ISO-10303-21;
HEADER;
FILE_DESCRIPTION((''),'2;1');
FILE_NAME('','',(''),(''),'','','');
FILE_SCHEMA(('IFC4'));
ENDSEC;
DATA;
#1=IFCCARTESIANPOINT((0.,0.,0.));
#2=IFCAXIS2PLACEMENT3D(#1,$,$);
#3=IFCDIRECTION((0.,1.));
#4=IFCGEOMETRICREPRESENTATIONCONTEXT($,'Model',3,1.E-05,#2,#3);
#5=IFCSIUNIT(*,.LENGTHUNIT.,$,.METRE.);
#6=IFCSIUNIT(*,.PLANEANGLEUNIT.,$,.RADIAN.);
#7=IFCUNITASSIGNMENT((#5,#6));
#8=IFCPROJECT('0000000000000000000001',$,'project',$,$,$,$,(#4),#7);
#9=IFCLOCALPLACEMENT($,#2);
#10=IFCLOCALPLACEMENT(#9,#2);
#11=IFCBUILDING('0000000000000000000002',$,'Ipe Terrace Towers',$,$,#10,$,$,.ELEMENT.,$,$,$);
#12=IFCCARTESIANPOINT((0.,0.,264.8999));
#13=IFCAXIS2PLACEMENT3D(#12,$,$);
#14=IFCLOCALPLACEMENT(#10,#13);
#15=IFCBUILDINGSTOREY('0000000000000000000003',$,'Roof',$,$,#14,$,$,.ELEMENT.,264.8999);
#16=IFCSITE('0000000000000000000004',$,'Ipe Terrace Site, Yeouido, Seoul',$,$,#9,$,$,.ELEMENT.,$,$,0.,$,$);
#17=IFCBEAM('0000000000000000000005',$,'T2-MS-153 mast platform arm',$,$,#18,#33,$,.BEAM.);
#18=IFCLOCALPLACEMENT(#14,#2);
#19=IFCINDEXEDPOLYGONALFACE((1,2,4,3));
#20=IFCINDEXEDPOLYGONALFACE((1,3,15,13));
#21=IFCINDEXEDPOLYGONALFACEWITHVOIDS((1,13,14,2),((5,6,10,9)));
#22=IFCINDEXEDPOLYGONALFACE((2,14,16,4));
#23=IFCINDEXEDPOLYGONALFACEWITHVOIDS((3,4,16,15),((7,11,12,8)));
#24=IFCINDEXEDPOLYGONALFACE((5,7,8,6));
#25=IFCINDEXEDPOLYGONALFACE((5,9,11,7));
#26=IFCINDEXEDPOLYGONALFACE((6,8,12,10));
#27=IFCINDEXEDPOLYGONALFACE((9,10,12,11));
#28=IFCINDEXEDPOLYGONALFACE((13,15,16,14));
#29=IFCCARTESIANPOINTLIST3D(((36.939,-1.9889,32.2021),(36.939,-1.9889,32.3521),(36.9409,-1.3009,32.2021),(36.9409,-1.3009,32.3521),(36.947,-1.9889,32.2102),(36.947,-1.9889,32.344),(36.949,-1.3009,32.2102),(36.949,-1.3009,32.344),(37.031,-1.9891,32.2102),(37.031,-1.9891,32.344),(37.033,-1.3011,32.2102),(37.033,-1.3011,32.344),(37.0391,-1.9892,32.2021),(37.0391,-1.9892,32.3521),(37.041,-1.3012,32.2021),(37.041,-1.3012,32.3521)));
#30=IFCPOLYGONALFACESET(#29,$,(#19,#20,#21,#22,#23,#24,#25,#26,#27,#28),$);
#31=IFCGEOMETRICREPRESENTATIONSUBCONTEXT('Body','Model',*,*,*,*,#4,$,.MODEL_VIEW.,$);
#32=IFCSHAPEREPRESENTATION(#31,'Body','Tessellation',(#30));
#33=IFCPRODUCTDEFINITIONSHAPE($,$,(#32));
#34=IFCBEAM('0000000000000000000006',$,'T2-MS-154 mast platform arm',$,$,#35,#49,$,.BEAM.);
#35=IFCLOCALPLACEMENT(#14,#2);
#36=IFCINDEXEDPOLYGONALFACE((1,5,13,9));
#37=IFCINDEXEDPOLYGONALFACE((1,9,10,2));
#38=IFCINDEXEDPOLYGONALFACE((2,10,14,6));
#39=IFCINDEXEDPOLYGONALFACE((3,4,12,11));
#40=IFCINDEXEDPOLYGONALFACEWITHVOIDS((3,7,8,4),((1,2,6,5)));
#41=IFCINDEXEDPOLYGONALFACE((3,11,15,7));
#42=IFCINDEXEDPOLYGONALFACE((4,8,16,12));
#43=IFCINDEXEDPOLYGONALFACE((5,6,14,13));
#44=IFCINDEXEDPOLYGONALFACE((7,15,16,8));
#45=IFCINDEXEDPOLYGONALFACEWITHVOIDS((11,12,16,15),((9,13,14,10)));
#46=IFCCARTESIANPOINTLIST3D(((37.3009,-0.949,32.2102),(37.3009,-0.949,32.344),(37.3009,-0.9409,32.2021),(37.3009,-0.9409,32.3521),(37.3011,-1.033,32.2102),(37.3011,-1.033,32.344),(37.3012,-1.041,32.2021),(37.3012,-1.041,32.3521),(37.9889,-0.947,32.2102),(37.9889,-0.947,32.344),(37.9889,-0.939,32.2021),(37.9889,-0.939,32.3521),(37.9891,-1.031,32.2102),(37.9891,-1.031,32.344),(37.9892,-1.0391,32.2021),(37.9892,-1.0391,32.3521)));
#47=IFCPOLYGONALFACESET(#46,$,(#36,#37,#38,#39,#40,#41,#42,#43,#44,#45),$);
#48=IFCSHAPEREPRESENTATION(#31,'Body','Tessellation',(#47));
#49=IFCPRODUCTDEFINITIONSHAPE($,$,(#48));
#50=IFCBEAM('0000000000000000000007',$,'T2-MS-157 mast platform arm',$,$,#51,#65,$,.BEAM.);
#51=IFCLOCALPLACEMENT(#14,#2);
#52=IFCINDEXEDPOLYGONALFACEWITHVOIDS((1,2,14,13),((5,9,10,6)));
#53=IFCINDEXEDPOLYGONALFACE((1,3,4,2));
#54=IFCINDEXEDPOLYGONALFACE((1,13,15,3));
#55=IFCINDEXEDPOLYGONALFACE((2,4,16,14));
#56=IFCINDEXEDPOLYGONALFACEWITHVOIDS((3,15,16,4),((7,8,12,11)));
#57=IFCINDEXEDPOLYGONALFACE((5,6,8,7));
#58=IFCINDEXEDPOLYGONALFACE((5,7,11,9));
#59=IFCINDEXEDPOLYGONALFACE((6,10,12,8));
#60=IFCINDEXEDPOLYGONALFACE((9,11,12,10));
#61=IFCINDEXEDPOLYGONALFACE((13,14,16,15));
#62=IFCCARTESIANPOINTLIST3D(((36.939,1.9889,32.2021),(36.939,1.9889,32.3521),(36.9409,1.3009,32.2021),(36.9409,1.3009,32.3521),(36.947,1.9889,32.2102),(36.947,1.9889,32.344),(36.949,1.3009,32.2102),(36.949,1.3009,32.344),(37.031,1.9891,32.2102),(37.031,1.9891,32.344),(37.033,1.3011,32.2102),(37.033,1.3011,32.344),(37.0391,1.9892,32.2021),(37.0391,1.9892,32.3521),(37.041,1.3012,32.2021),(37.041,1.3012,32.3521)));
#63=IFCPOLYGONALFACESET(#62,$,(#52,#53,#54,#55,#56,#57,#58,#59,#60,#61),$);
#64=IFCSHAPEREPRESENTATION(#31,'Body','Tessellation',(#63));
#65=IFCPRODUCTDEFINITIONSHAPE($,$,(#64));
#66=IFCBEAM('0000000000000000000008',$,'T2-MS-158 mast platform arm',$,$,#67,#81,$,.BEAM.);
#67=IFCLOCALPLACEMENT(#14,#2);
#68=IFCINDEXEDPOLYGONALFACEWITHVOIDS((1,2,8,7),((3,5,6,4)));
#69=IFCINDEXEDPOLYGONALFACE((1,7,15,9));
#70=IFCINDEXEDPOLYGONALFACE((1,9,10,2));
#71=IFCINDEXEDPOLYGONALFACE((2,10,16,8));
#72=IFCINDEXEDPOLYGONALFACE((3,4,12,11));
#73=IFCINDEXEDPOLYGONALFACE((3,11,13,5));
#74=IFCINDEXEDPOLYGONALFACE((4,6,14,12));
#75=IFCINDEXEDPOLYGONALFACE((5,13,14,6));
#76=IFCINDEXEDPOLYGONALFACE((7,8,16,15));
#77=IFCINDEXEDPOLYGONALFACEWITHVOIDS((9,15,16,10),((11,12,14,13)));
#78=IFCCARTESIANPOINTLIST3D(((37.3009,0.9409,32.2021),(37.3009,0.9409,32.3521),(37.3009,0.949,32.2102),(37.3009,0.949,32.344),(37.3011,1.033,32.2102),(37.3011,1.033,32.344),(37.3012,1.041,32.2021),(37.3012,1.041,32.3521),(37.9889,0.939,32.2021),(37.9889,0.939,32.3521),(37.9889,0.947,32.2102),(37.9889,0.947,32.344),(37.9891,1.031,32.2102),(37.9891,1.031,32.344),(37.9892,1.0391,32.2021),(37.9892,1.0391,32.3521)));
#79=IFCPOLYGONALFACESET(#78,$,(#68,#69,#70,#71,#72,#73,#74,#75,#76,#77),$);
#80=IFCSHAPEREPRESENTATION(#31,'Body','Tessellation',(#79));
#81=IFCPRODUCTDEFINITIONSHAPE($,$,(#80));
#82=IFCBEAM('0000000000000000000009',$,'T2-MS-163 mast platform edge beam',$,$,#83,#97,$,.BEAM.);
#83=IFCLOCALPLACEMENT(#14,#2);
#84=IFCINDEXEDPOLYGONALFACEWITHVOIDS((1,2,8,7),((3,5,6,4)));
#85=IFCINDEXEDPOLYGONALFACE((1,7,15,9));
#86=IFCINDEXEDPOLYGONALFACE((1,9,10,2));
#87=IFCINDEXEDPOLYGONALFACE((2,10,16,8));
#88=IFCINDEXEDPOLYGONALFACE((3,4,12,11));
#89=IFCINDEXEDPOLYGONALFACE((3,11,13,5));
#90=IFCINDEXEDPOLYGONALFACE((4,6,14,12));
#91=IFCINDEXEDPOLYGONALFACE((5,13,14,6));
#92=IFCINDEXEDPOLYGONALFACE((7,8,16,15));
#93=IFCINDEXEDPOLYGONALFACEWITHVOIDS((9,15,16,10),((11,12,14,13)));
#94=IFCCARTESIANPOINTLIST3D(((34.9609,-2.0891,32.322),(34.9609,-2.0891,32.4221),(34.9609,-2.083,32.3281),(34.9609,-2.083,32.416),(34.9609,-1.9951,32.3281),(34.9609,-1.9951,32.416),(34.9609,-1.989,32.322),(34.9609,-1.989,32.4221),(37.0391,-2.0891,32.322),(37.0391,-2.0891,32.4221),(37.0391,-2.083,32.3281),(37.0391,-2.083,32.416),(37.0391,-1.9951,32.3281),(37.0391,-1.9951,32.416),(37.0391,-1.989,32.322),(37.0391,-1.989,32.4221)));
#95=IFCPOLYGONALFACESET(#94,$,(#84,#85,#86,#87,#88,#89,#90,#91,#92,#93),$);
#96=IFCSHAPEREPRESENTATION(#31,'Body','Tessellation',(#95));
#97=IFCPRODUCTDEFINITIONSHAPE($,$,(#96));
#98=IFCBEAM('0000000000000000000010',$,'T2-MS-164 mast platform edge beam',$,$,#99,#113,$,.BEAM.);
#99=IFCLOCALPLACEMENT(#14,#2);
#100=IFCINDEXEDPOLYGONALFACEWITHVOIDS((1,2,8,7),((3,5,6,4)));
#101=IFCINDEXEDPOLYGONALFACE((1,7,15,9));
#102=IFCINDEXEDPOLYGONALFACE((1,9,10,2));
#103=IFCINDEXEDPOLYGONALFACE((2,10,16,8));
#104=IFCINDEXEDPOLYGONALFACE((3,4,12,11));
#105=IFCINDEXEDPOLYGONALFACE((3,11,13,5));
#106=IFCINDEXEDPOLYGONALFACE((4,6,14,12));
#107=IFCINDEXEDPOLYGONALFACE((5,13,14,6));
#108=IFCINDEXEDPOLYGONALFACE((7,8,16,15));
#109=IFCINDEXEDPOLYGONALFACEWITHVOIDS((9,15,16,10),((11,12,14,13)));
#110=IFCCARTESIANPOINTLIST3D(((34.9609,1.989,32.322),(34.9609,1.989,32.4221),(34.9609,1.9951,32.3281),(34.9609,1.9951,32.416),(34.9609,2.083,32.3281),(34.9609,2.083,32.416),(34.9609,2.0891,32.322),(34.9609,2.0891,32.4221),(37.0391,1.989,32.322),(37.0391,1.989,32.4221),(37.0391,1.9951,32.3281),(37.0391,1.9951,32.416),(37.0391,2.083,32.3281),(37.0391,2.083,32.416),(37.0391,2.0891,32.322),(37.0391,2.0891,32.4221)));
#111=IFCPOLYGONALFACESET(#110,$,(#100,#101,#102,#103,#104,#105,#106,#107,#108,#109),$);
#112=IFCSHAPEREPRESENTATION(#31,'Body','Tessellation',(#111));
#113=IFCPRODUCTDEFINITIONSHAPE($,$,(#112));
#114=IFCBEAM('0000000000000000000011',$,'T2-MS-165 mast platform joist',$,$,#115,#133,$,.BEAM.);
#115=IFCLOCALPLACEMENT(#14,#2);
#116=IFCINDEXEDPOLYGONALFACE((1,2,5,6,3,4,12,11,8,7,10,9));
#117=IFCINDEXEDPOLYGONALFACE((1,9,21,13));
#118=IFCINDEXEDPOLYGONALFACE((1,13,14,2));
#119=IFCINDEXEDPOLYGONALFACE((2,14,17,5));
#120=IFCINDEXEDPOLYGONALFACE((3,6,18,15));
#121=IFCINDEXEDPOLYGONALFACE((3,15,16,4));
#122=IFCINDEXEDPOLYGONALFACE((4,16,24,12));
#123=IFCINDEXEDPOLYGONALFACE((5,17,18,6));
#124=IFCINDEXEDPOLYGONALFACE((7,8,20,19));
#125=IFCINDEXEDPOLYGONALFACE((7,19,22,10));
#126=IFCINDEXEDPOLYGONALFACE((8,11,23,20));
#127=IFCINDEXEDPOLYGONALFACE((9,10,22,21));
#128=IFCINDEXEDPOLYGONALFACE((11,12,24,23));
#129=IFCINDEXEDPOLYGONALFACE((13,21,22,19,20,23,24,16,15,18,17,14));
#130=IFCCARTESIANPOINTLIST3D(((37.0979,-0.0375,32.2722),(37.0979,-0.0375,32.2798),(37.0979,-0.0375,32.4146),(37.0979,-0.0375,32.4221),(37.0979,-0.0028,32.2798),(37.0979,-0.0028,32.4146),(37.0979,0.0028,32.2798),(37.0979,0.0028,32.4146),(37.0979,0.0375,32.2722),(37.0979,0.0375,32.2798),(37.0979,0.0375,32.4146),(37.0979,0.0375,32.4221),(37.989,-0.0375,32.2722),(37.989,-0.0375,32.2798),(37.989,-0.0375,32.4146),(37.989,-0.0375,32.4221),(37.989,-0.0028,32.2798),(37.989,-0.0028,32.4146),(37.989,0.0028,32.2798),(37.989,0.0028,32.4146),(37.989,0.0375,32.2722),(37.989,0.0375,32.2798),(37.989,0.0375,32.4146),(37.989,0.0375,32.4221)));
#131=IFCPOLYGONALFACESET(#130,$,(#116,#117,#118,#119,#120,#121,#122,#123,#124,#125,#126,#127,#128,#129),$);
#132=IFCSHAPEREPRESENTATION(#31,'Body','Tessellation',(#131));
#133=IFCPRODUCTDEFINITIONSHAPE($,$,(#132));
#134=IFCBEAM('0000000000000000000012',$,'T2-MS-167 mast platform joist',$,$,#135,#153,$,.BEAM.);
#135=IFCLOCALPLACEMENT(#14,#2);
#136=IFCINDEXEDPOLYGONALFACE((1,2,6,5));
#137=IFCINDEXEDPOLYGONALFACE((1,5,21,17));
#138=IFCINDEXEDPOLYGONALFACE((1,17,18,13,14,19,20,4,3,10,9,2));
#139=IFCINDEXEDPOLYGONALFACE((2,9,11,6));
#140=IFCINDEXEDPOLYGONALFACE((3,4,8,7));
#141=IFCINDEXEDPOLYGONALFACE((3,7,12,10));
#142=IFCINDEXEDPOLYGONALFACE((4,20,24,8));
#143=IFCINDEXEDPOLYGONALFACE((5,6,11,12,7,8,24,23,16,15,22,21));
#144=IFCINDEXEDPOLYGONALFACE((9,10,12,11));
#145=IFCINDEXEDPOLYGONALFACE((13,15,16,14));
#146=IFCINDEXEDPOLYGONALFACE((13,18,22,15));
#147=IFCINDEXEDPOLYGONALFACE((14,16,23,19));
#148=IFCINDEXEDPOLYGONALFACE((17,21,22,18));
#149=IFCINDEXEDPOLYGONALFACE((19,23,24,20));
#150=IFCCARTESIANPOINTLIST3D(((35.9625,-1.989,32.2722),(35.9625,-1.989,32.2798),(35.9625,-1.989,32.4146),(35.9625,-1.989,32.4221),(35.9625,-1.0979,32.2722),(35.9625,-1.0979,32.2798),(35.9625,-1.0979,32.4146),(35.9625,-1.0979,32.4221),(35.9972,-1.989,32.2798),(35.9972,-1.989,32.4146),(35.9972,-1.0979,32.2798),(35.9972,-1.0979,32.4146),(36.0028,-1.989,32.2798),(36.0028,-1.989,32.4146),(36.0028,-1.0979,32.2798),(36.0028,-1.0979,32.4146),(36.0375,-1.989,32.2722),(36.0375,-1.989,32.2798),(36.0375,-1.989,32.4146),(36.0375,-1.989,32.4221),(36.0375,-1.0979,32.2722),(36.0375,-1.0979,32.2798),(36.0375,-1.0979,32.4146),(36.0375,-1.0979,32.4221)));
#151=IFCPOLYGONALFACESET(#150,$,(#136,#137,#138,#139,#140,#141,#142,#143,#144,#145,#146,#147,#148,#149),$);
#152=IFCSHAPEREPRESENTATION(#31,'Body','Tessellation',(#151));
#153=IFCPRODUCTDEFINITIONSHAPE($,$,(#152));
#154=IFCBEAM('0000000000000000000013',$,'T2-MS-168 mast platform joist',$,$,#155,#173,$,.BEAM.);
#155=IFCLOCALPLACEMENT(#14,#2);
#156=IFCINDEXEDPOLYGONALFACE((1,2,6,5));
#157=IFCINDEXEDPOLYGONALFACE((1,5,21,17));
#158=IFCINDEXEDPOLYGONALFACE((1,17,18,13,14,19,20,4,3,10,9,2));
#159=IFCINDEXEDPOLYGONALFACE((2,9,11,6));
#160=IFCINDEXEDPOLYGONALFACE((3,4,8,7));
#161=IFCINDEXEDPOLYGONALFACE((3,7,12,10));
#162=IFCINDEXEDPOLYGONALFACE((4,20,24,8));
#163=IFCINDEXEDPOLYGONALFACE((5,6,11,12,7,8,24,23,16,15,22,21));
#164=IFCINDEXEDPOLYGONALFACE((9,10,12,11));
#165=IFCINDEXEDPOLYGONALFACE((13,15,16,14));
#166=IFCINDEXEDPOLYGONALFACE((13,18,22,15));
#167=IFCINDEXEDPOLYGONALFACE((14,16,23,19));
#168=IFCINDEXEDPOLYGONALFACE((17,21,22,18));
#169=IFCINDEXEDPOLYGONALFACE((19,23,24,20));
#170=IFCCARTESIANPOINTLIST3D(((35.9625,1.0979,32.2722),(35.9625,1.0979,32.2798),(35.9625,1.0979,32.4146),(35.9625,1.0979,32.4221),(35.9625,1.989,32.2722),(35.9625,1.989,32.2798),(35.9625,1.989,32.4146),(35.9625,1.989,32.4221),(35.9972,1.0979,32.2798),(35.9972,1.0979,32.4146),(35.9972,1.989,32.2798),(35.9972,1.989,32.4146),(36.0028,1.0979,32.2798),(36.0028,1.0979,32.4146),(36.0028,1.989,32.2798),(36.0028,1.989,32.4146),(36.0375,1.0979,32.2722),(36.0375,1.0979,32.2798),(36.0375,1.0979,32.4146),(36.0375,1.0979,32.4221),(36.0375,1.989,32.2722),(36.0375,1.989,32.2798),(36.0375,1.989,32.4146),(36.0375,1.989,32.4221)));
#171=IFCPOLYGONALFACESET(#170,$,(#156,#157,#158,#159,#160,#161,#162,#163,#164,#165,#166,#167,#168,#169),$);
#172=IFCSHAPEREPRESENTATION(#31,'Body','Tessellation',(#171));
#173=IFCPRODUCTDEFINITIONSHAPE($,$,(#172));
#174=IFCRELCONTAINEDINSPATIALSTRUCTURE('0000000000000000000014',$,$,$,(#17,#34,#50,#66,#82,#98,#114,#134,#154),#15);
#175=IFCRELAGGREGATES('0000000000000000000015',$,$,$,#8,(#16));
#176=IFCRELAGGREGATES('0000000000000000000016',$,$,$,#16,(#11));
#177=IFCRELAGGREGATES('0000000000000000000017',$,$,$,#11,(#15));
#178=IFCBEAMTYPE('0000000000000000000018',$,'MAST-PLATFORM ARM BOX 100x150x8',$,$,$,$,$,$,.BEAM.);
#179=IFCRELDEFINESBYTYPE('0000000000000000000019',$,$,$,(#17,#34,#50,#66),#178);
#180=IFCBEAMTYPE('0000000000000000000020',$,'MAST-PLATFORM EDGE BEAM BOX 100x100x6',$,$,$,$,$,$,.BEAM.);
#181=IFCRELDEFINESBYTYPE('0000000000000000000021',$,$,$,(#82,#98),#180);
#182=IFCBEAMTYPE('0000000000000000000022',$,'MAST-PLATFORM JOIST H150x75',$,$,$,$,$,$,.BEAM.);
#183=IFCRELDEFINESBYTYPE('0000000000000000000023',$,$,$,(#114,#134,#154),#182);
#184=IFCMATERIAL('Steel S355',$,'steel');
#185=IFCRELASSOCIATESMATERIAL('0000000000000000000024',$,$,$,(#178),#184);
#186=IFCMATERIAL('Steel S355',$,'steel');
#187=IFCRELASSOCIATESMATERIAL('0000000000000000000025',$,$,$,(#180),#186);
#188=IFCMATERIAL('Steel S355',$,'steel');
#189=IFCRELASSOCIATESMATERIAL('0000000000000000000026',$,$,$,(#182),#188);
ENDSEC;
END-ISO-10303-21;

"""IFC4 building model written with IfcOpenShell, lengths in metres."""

from ifc_helpers import new_model, si_unit, direction, frame, origin, origin_2d, place, context, subcontext, project, spatial, hollow_rectangle, i_section, extrude, material, material_profile, profile_set, type_object, element, save


model = new_model("IFC4")

# Units and contexts
model_context = context("Model", 3, precision=1e-05, world=origin(), true_north=direction((0.0, 1.0)))
body_context = subcontext(model_context, "Body", "Model", "MODEL_VIEW")
ifc_project = project(units=[si_unit("LENGTHUNIT", "METRE"), si_unit("PLANEANGLEUNIT", "RADIAN")], contexts=[model_context])

# Site, building, storey
site_placement = place(None, origin())
site = spatial("IfcSite", under=ifc_project, at=site_placement, Name="Ipe Terrace Site, Yeouido, Seoul", CompositionType="ELEMENT", RefElevation=0.0)
building_placement = place(site_placement, origin())
building = spatial("IfcBuilding", under=site, at=building_placement, Name="Ipe Terrace Towers", CompositionType="ELEMENT")
storey_placement = place(building_placement, frame((0.0, 0.0, 264.8999)))
storey = spatial("IfcBuildingStorey", under=building, at=storey_placement, Name="Roof", CompositionType="ELEMENT", Elevation=264.8999)

# Beams
ifc_material_1 = material(Name="Steel S355", Category="steel")
ifc_material_profile_1 = material_profile(ifc_material_1, hollow_rectangle(XDim=0.1001, YDim=0.1499, WallThickness=0.0081, at=origin_2d()), Name="MAST-PLATFORM ARM BOX 100x150x8")
ifc_profile_set_1 = profile_set([ifc_material_profile_1], Name="Steel S355")
beam_type_1 = type_object("IfcBeamType", Name="MAST-PLATFORM ARM BOX 100x150x8", PredefinedType="BEAM", material=ifc_profile_set_1)
for number, where, z_axis, x_axis, name in (
    (1, (36.991, -1.301, 32.2771), (-0.002839, -0.999996, 0.0), (0.999996, -0.002839, 0.0), "T2-MS-153 mast platform arm"),
    (2, (37.301, -0.991, 32.2771), (0.999996, 0.002839, 0.0), (-0.002839, 0.999996, 0.0), "T2-MS-154 mast platform arm"),
    (3, (36.991, 1.301, 32.2771), (-0.002839, 0.999996, 0.0), (-0.999996, -0.002839, 0.0), "T2-MS-157 mast platform arm"),
    (4, (37.301, 0.991, 32.2771), (0.999996, -0.002839, 0.0), (0.002839, 0.999996, 0.0), "T2-MS-158 mast platform arm"),
):
    element("IfcBeam", number, at=place(storey_placement, frame(where, z_axis=z_axis, x_axis=x_axis)), inside=storey, type_object=beam_type_1, Name=name, PredefinedType="BEAM", context=body_context, shape_type="SweptSolid", body=[
        extrude(hollow_rectangle(XDim=0.1001, YDim=0.1499, WallThickness=0.0081, at=origin_2d()), origin(), (0.0, 0.0, 1.0), 0.688),
    ])
ifc_material_2 = material(Name="Steel S355", Category="steel")
ifc_material_profile_2 = material_profile(ifc_material_2, hollow_rectangle(XDim=0.1001, YDim=0.1001, WallThickness=0.0061, at=origin_2d()), Name="MAST-PLATFORM EDGE BEAM BOX 100x100x6")
ifc_profile_set_2 = profile_set([ifc_material_profile_2], Name="Steel S355")
beam_type_2 = type_object("IfcBeamType", Name="MAST-PLATFORM EDGE BEAM BOX 100x100x6", PredefinedType="BEAM", material=ifc_profile_set_2)
for number, where, z_axis, x_axis, name in (
    (5, (37.0391, -2.0391, 32.3721), (-1.0, 0.0, 0.0), (0.0, -1.0, 0.0), "T2-MS-163 mast platform edge beam"),
    (6, (37.0391, 2.0391, 32.3721), (-1.0, 0.0, 0.0), (0.0, -1.0, 0.0), "T2-MS-164 mast platform edge beam"),
):
    element("IfcBeam", number, at=place(storey_placement, frame(where, z_axis=z_axis, x_axis=x_axis)), inside=storey, type_object=beam_type_2, Name=name, PredefinedType="BEAM", context=body_context, shape_type="SweptSolid", body=[
        extrude(hollow_rectangle(XDim=0.1001, YDim=0.1001, WallThickness=0.0061, at=origin_2d()), origin(), (0.0, 0.0, 1.0), 2.0781),
    ])
ifc_material_3 = material(Name="Steel S355", Category="steel")
ifc_material_profile_3 = material_profile(ifc_material_3, i_section(OverallWidth=0.075, OverallDepth=0.1499, WebThickness=0.0056, FlangeThickness=0.0076, at=origin_2d()), Name="H150x75")
ifc_profile_set_3 = profile_set([ifc_material_profile_3], Name="Steel S355")
beam_type_3 = type_object("IfcBeamType", Name="MAST-PLATFORM JOIST H150x75", PredefinedType="BEAM", material=ifc_profile_set_3)
for number, where, z_axis, x_axis, name in (
    (7, (37.0979, 0.0, 32.3472), (1.0, 0.0, 0.0), (0.0, 1.0, 0.0), "T2-MS-165 mast platform joist"),
    (8, (36.0, -1.0979, 32.3472), (0.0, -1.0, 0.0), (1.0, 0.0, 0.0), "T2-MS-167 mast platform joist"),
    (9, (36.0, 1.0979, 32.3472), (0.0, 1.0, 0.0), (-1.0, 0.0, 0.0), "T2-MS-168 mast platform joist"),
):
    element("IfcBeam", number, at=place(storey_placement, frame(where, z_axis=z_axis, x_axis=x_axis)), inside=storey, type_object=beam_type_3, Name=name, PredefinedType="BEAM", context=body_context, shape_type="SweptSolid", body=[
        extrude(i_section(OverallWidth=0.075, OverallDepth=0.1499, WebThickness=0.0056, FlangeThickness=0.0076, at=origin_2d()), origin(), (0.0, 0.0, 1.0), 0.8911),
    ])

save(model, "model.ifc")
